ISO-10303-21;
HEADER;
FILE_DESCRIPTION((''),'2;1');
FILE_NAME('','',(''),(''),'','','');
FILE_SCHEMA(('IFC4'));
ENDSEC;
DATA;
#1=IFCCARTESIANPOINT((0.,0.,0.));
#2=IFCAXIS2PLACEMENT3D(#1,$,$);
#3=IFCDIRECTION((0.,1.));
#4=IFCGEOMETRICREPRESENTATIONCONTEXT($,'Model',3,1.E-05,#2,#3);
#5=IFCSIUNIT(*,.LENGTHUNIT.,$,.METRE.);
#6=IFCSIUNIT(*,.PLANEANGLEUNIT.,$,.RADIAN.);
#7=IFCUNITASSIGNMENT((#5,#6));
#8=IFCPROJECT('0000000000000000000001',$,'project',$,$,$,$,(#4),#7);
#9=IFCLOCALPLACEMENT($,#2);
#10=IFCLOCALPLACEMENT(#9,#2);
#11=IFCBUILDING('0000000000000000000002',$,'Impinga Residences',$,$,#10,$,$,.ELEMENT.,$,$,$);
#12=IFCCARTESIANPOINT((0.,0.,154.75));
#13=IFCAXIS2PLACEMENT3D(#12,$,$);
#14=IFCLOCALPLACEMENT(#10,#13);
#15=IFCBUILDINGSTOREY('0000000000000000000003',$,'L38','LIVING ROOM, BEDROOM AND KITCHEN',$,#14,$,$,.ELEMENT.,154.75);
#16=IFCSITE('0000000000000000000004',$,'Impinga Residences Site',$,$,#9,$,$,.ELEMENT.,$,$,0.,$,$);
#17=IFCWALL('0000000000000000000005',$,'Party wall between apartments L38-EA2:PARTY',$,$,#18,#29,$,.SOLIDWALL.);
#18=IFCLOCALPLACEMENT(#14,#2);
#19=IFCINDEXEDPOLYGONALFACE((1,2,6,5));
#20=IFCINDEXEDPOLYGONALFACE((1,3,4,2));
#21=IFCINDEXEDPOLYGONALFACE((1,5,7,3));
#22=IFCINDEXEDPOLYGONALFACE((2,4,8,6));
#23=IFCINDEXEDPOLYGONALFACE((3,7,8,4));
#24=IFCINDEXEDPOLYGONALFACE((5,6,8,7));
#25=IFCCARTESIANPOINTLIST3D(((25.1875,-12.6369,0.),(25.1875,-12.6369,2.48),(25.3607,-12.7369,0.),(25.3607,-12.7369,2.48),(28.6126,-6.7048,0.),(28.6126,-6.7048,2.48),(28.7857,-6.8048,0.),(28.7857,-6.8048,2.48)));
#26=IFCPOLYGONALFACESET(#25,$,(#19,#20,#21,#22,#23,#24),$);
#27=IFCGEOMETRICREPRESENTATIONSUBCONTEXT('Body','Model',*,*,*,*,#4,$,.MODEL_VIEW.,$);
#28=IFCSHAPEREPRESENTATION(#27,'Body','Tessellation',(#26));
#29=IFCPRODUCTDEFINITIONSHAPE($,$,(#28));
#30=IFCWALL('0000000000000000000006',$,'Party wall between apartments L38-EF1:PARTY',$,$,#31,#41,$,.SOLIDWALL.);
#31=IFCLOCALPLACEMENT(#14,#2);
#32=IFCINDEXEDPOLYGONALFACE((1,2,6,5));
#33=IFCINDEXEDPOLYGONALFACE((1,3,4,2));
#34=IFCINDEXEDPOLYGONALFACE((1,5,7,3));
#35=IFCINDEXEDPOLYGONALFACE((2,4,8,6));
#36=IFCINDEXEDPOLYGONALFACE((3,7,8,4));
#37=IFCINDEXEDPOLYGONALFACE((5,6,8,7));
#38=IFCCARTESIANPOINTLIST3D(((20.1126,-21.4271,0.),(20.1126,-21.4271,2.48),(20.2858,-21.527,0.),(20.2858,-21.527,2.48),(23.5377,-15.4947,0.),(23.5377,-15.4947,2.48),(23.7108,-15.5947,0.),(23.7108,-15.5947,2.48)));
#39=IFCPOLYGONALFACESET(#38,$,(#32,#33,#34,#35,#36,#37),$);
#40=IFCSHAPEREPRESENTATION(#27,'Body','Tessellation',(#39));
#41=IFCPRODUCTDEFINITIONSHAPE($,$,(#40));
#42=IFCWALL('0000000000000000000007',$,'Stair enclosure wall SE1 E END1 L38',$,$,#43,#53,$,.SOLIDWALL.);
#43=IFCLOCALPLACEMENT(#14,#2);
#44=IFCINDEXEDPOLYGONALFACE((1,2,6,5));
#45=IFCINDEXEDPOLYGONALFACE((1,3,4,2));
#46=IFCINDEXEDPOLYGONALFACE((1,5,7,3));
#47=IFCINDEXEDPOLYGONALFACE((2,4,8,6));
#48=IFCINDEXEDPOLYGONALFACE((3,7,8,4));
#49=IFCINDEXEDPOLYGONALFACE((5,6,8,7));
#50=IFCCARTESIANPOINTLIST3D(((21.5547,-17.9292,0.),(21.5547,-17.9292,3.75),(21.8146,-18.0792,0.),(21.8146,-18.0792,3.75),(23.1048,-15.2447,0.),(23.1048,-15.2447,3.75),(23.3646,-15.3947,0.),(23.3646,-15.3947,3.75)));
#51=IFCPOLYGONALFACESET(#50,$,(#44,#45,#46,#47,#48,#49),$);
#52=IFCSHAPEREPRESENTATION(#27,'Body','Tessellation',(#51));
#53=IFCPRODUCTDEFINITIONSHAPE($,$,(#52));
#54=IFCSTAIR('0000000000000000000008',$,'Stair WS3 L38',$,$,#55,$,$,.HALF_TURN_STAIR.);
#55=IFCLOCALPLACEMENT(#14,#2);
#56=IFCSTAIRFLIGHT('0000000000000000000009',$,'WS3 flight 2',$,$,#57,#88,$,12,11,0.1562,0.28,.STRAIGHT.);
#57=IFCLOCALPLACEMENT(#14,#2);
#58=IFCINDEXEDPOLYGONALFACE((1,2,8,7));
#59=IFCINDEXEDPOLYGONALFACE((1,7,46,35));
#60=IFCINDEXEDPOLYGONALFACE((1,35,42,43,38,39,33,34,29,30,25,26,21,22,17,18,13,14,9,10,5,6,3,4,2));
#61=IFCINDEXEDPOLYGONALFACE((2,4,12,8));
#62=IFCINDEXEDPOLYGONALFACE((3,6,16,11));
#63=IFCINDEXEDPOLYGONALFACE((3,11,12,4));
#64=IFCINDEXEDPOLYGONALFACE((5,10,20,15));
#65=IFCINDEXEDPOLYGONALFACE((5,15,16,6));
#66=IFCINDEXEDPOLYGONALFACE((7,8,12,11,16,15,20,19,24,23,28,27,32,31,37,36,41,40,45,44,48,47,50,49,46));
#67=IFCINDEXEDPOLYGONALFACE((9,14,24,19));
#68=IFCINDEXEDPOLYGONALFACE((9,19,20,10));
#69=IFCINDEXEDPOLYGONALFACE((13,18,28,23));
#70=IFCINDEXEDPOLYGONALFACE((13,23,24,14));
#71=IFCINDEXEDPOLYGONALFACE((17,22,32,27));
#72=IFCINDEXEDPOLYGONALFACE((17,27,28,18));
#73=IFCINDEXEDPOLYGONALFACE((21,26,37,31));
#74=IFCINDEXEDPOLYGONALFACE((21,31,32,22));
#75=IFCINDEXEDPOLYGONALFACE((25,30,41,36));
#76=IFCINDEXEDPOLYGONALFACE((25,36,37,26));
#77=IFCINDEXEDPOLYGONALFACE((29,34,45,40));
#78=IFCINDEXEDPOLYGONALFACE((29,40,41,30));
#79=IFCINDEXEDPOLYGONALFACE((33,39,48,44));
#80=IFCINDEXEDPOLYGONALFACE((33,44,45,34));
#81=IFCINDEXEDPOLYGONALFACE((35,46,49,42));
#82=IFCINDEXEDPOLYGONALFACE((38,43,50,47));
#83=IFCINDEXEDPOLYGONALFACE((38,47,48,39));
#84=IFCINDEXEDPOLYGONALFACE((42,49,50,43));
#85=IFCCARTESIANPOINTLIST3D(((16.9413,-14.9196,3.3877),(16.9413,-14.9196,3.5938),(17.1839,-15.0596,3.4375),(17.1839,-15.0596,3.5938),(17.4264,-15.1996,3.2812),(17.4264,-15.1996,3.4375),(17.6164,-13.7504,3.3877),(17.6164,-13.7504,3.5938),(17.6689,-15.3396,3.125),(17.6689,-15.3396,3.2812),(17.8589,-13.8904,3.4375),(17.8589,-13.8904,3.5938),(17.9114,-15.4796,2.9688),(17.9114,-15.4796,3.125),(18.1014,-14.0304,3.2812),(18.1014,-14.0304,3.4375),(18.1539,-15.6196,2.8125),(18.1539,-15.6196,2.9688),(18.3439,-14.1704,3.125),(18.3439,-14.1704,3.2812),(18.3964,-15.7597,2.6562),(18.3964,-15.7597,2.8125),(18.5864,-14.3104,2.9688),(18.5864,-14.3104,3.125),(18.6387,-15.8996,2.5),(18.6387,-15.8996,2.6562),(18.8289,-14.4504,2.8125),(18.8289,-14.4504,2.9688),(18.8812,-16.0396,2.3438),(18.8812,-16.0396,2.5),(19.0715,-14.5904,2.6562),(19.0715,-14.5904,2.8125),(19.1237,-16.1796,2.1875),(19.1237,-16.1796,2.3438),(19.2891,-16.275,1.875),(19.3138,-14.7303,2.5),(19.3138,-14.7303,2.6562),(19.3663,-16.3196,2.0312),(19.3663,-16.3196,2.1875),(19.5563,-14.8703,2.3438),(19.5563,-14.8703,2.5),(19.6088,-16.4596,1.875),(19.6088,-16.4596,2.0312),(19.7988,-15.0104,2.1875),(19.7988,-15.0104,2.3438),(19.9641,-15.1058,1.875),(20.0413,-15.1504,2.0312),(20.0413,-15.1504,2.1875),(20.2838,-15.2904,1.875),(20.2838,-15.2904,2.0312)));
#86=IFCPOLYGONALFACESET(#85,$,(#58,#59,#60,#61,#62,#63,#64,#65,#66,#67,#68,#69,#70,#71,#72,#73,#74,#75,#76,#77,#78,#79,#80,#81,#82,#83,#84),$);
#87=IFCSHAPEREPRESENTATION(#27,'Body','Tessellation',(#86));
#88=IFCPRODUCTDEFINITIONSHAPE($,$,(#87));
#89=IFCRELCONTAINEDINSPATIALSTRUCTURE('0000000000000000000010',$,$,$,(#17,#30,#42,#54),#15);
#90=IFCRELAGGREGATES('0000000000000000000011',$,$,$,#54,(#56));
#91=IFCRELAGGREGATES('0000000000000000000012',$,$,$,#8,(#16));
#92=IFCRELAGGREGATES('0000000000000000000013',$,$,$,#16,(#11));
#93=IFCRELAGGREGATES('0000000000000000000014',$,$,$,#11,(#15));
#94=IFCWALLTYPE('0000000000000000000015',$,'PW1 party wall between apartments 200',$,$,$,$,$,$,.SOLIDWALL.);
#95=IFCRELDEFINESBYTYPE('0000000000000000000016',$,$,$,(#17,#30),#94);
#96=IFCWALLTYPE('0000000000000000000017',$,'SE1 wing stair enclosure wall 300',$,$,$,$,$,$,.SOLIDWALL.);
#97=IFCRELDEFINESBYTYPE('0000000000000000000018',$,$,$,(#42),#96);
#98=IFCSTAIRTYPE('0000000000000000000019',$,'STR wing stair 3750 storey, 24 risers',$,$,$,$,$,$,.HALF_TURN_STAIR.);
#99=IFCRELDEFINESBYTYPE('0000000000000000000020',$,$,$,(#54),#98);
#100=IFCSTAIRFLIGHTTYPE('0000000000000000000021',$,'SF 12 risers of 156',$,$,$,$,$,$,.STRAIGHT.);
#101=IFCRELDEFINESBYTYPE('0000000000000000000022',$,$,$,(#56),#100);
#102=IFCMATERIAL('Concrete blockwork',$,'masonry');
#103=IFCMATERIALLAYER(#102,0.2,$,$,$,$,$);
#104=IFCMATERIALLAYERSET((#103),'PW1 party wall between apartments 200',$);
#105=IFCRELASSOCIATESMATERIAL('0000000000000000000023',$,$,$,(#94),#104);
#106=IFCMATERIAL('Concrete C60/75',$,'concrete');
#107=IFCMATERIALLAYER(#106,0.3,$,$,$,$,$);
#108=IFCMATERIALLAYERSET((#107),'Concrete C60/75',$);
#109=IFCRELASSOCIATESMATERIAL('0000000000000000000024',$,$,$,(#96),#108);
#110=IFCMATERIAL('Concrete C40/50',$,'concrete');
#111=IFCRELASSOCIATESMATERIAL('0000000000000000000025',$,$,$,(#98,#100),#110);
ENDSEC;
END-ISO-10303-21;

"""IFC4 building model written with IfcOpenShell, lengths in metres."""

from ifc_helpers import new_model, si_unit, direction, frame, frame_2d, origin, place, context, subcontext, project, spatial, polyline, rectangle, outline, extrude, material, layer, layer_set, type_object, element, aggregate, save


model = new_model("IFC4")

# Units and contexts
model_context = context("Model", 3, precision=1e-05, world=origin(), true_north=direction((0.0, 1.0)))
body_context = subcontext(model_context, "Body", "Model", "MODEL_VIEW")
ifc_project = project(units=[si_unit("LENGTHUNIT", "METRE"), si_unit("PLANEANGLEUNIT", "RADIAN")], contexts=[model_context])

# Site, building, storey
site_placement = place(None, origin())
site = spatial("IfcSite", under=ifc_project, at=site_placement, Name="Impinga Residences Site", CompositionType="ELEMENT", RefElevation=0.0)
building_placement = place(site_placement, origin())
building = spatial("IfcBuilding", under=site, at=building_placement, Name="Impinga Residences", CompositionType="ELEMENT")
storey_placement = place(building_placement, frame((0.0, 0.0, 154.75)))
storey = spatial("IfcBuildingStorey", under=building, at=storey_placement, Name="L38", Description="LIVING ROOM, BEDROOM AND KITCHEN", CompositionType="ELEMENT", Elevation=154.75)

# Shared definitions
ifc_material_1 = material(Name="Concrete C60/75", Category="concrete")

# Shared definitions
ifc_material_2 = material(Name="Concrete blockwork", Category="masonry")

# Walls
ifc_layer_1 = layer(ifc_material_2, 0.2)
ifc_layer_set_1 = layer_set([ifc_layer_1], Name="PW1 party wall between apartments 200")
wall_type_1 = type_object("IfcWallType", Name="PW1 party wall between apartments 200", PredefinedType="SOLIDWALL", material=ifc_layer_set_1)
wall_1_placement = place(storey_placement, frame((25.2742, -12.6868, 0.0), z_axis=(0.0, 0.0, 1.0), x_axis=(0.500015, 0.866017, 0.0)))
element("IfcWall", 1, at=wall_1_placement, inside=storey, type_object=wall_type_1, Name="Party wall between apartments L38-EA2:PARTY", PredefinedType="SOLIDWALL", context=body_context, shape_type="SweptSolid", body=[
    extrude(rectangle(XDim=6.8499, YDim=0.2, at=frame_2d((3.4248, 0.0))), origin(), (0.0, 0.0, 1.0), 2.48),
])
wall_2_placement = place(storey_placement, frame((23.6243, -15.5447, 0.0), z_axis=(0.0, 0.0, 1.0), x_axis=(-0.499999, -0.866026, 0.0)))
element("IfcWall", 2, at=wall_2_placement, inside=storey, type_object=wall_type_1, Name="Party wall between apartments L38-EF1:PARTY", PredefinedType="SOLIDWALL", context=body_context, shape_type="SweptSolid", body=[
    extrude(rectangle(XDim=6.8501, YDim=0.2, at=frame_2d((3.425, 0.0))), origin(), (0.0, 0.0, 1.0), 2.48),
])
ifc_layer_2 = layer(ifc_material_1, 0.3)
ifc_layer_set_2 = layer_set([ifc_layer_2], Name="Concrete C60/75")
wall_type_2 = type_object("IfcWallType", Name="SE1 wing stair enclosure wall 300", PredefinedType="SOLIDWALL", material=ifc_layer_set_2)
wall_3_placement = place(storey_placement, frame((23.2346, -15.3198, 0.0), z_axis=(0.0, 0.0, 1.0), x_axis=(-0.500027, -0.86601, 0.0)))
element("IfcWall", 3, at=wall_3_placement, inside=storey, type_object=wall_type_2, Name="Stair enclosure wall SE1 E END1 L38", PredefinedType="SOLIDWALL", context=body_context, shape_type="SweptSolid", body=[
    extrude(rectangle(XDim=3.0999, YDim=0.3, at=frame_2d((1.5498, 0.0))), origin(), (0.0, 0.0, 1.0), 3.75),
])

# Stair, stair flight
ifc_material_3 = material(Name="Concrete C40/50", Category="concrete")
stair_type = type_object("IfcStairType", Name="STR wing stair 3750 storey, 24 risers", PredefinedType="HALF_TURN_STAIR", material=ifc_material_3)
stair_placement = place(storey_placement, origin())
stair = element("IfcStair", 4, at=stair_placement, inside=storey, type_object=stair_type, Name="Stair WS3 L38", PredefinedType="HALF_TURN_STAIR")
stair_flight_type = type_object("IfcStairFlightType", Name="SF 12 risers of 156", PredefinedType="STRAIGHT", material=ifc_material_3)
stair_flight_placement = place(storey_placement, frame((19.9463, -15.875, 1.875), z_axis=(0.0, 0.0, 1.0), x_axis=(-0.866025, 0.5, 0.0)))
stair_flight = element("IfcStairFlight", 5, at=stair_flight_placement, type_object=stair_flight_type, Name="WS3 flight 2", NumberOfRisers=12, NumberOfTreads=11, PredefinedType="STRAIGHT", RiserHeight=0.1562, TreadLength=0.28, context=body_context, shape_type="SweptSolid", body=[
    extrude(outline(polyline([(0.0, 0.0), (0.0, 0.1562), (0.28, 0.1562), (0.28, 0.3125), (0.5601, 0.3125), (0.5601, 0.4688), (0.8401, 0.4688), (0.8401, 0.625), (1.1201, 0.625), (1.1201, 0.7812), (1.3999, 0.7812), (1.3999, 0.9375), (1.6799, 0.9375), (1.6799, 1.0938), (1.96, 1.0938), (1.96, 1.25), (2.24, 1.25), (2.24, 1.4062), (2.52, 1.4062), (2.52, 1.5625), (2.8, 1.5625), (2.8, 1.7188), (3.0801, 1.7188), (3.0801, 1.875), (3.0801, 1.5127), (0.3691, 0.0), (0.0, 0.0)])), frame((0.0, 0.675, 0.0), z_axis=(0.0, -1.0, 0.0), x_axis=(1.0, 0.0, 0.0)), (0.0, 0.0, 1.0), 1.3501),
])
aggregate(stair, [stair_flight])

save(model, "model.ifc")
